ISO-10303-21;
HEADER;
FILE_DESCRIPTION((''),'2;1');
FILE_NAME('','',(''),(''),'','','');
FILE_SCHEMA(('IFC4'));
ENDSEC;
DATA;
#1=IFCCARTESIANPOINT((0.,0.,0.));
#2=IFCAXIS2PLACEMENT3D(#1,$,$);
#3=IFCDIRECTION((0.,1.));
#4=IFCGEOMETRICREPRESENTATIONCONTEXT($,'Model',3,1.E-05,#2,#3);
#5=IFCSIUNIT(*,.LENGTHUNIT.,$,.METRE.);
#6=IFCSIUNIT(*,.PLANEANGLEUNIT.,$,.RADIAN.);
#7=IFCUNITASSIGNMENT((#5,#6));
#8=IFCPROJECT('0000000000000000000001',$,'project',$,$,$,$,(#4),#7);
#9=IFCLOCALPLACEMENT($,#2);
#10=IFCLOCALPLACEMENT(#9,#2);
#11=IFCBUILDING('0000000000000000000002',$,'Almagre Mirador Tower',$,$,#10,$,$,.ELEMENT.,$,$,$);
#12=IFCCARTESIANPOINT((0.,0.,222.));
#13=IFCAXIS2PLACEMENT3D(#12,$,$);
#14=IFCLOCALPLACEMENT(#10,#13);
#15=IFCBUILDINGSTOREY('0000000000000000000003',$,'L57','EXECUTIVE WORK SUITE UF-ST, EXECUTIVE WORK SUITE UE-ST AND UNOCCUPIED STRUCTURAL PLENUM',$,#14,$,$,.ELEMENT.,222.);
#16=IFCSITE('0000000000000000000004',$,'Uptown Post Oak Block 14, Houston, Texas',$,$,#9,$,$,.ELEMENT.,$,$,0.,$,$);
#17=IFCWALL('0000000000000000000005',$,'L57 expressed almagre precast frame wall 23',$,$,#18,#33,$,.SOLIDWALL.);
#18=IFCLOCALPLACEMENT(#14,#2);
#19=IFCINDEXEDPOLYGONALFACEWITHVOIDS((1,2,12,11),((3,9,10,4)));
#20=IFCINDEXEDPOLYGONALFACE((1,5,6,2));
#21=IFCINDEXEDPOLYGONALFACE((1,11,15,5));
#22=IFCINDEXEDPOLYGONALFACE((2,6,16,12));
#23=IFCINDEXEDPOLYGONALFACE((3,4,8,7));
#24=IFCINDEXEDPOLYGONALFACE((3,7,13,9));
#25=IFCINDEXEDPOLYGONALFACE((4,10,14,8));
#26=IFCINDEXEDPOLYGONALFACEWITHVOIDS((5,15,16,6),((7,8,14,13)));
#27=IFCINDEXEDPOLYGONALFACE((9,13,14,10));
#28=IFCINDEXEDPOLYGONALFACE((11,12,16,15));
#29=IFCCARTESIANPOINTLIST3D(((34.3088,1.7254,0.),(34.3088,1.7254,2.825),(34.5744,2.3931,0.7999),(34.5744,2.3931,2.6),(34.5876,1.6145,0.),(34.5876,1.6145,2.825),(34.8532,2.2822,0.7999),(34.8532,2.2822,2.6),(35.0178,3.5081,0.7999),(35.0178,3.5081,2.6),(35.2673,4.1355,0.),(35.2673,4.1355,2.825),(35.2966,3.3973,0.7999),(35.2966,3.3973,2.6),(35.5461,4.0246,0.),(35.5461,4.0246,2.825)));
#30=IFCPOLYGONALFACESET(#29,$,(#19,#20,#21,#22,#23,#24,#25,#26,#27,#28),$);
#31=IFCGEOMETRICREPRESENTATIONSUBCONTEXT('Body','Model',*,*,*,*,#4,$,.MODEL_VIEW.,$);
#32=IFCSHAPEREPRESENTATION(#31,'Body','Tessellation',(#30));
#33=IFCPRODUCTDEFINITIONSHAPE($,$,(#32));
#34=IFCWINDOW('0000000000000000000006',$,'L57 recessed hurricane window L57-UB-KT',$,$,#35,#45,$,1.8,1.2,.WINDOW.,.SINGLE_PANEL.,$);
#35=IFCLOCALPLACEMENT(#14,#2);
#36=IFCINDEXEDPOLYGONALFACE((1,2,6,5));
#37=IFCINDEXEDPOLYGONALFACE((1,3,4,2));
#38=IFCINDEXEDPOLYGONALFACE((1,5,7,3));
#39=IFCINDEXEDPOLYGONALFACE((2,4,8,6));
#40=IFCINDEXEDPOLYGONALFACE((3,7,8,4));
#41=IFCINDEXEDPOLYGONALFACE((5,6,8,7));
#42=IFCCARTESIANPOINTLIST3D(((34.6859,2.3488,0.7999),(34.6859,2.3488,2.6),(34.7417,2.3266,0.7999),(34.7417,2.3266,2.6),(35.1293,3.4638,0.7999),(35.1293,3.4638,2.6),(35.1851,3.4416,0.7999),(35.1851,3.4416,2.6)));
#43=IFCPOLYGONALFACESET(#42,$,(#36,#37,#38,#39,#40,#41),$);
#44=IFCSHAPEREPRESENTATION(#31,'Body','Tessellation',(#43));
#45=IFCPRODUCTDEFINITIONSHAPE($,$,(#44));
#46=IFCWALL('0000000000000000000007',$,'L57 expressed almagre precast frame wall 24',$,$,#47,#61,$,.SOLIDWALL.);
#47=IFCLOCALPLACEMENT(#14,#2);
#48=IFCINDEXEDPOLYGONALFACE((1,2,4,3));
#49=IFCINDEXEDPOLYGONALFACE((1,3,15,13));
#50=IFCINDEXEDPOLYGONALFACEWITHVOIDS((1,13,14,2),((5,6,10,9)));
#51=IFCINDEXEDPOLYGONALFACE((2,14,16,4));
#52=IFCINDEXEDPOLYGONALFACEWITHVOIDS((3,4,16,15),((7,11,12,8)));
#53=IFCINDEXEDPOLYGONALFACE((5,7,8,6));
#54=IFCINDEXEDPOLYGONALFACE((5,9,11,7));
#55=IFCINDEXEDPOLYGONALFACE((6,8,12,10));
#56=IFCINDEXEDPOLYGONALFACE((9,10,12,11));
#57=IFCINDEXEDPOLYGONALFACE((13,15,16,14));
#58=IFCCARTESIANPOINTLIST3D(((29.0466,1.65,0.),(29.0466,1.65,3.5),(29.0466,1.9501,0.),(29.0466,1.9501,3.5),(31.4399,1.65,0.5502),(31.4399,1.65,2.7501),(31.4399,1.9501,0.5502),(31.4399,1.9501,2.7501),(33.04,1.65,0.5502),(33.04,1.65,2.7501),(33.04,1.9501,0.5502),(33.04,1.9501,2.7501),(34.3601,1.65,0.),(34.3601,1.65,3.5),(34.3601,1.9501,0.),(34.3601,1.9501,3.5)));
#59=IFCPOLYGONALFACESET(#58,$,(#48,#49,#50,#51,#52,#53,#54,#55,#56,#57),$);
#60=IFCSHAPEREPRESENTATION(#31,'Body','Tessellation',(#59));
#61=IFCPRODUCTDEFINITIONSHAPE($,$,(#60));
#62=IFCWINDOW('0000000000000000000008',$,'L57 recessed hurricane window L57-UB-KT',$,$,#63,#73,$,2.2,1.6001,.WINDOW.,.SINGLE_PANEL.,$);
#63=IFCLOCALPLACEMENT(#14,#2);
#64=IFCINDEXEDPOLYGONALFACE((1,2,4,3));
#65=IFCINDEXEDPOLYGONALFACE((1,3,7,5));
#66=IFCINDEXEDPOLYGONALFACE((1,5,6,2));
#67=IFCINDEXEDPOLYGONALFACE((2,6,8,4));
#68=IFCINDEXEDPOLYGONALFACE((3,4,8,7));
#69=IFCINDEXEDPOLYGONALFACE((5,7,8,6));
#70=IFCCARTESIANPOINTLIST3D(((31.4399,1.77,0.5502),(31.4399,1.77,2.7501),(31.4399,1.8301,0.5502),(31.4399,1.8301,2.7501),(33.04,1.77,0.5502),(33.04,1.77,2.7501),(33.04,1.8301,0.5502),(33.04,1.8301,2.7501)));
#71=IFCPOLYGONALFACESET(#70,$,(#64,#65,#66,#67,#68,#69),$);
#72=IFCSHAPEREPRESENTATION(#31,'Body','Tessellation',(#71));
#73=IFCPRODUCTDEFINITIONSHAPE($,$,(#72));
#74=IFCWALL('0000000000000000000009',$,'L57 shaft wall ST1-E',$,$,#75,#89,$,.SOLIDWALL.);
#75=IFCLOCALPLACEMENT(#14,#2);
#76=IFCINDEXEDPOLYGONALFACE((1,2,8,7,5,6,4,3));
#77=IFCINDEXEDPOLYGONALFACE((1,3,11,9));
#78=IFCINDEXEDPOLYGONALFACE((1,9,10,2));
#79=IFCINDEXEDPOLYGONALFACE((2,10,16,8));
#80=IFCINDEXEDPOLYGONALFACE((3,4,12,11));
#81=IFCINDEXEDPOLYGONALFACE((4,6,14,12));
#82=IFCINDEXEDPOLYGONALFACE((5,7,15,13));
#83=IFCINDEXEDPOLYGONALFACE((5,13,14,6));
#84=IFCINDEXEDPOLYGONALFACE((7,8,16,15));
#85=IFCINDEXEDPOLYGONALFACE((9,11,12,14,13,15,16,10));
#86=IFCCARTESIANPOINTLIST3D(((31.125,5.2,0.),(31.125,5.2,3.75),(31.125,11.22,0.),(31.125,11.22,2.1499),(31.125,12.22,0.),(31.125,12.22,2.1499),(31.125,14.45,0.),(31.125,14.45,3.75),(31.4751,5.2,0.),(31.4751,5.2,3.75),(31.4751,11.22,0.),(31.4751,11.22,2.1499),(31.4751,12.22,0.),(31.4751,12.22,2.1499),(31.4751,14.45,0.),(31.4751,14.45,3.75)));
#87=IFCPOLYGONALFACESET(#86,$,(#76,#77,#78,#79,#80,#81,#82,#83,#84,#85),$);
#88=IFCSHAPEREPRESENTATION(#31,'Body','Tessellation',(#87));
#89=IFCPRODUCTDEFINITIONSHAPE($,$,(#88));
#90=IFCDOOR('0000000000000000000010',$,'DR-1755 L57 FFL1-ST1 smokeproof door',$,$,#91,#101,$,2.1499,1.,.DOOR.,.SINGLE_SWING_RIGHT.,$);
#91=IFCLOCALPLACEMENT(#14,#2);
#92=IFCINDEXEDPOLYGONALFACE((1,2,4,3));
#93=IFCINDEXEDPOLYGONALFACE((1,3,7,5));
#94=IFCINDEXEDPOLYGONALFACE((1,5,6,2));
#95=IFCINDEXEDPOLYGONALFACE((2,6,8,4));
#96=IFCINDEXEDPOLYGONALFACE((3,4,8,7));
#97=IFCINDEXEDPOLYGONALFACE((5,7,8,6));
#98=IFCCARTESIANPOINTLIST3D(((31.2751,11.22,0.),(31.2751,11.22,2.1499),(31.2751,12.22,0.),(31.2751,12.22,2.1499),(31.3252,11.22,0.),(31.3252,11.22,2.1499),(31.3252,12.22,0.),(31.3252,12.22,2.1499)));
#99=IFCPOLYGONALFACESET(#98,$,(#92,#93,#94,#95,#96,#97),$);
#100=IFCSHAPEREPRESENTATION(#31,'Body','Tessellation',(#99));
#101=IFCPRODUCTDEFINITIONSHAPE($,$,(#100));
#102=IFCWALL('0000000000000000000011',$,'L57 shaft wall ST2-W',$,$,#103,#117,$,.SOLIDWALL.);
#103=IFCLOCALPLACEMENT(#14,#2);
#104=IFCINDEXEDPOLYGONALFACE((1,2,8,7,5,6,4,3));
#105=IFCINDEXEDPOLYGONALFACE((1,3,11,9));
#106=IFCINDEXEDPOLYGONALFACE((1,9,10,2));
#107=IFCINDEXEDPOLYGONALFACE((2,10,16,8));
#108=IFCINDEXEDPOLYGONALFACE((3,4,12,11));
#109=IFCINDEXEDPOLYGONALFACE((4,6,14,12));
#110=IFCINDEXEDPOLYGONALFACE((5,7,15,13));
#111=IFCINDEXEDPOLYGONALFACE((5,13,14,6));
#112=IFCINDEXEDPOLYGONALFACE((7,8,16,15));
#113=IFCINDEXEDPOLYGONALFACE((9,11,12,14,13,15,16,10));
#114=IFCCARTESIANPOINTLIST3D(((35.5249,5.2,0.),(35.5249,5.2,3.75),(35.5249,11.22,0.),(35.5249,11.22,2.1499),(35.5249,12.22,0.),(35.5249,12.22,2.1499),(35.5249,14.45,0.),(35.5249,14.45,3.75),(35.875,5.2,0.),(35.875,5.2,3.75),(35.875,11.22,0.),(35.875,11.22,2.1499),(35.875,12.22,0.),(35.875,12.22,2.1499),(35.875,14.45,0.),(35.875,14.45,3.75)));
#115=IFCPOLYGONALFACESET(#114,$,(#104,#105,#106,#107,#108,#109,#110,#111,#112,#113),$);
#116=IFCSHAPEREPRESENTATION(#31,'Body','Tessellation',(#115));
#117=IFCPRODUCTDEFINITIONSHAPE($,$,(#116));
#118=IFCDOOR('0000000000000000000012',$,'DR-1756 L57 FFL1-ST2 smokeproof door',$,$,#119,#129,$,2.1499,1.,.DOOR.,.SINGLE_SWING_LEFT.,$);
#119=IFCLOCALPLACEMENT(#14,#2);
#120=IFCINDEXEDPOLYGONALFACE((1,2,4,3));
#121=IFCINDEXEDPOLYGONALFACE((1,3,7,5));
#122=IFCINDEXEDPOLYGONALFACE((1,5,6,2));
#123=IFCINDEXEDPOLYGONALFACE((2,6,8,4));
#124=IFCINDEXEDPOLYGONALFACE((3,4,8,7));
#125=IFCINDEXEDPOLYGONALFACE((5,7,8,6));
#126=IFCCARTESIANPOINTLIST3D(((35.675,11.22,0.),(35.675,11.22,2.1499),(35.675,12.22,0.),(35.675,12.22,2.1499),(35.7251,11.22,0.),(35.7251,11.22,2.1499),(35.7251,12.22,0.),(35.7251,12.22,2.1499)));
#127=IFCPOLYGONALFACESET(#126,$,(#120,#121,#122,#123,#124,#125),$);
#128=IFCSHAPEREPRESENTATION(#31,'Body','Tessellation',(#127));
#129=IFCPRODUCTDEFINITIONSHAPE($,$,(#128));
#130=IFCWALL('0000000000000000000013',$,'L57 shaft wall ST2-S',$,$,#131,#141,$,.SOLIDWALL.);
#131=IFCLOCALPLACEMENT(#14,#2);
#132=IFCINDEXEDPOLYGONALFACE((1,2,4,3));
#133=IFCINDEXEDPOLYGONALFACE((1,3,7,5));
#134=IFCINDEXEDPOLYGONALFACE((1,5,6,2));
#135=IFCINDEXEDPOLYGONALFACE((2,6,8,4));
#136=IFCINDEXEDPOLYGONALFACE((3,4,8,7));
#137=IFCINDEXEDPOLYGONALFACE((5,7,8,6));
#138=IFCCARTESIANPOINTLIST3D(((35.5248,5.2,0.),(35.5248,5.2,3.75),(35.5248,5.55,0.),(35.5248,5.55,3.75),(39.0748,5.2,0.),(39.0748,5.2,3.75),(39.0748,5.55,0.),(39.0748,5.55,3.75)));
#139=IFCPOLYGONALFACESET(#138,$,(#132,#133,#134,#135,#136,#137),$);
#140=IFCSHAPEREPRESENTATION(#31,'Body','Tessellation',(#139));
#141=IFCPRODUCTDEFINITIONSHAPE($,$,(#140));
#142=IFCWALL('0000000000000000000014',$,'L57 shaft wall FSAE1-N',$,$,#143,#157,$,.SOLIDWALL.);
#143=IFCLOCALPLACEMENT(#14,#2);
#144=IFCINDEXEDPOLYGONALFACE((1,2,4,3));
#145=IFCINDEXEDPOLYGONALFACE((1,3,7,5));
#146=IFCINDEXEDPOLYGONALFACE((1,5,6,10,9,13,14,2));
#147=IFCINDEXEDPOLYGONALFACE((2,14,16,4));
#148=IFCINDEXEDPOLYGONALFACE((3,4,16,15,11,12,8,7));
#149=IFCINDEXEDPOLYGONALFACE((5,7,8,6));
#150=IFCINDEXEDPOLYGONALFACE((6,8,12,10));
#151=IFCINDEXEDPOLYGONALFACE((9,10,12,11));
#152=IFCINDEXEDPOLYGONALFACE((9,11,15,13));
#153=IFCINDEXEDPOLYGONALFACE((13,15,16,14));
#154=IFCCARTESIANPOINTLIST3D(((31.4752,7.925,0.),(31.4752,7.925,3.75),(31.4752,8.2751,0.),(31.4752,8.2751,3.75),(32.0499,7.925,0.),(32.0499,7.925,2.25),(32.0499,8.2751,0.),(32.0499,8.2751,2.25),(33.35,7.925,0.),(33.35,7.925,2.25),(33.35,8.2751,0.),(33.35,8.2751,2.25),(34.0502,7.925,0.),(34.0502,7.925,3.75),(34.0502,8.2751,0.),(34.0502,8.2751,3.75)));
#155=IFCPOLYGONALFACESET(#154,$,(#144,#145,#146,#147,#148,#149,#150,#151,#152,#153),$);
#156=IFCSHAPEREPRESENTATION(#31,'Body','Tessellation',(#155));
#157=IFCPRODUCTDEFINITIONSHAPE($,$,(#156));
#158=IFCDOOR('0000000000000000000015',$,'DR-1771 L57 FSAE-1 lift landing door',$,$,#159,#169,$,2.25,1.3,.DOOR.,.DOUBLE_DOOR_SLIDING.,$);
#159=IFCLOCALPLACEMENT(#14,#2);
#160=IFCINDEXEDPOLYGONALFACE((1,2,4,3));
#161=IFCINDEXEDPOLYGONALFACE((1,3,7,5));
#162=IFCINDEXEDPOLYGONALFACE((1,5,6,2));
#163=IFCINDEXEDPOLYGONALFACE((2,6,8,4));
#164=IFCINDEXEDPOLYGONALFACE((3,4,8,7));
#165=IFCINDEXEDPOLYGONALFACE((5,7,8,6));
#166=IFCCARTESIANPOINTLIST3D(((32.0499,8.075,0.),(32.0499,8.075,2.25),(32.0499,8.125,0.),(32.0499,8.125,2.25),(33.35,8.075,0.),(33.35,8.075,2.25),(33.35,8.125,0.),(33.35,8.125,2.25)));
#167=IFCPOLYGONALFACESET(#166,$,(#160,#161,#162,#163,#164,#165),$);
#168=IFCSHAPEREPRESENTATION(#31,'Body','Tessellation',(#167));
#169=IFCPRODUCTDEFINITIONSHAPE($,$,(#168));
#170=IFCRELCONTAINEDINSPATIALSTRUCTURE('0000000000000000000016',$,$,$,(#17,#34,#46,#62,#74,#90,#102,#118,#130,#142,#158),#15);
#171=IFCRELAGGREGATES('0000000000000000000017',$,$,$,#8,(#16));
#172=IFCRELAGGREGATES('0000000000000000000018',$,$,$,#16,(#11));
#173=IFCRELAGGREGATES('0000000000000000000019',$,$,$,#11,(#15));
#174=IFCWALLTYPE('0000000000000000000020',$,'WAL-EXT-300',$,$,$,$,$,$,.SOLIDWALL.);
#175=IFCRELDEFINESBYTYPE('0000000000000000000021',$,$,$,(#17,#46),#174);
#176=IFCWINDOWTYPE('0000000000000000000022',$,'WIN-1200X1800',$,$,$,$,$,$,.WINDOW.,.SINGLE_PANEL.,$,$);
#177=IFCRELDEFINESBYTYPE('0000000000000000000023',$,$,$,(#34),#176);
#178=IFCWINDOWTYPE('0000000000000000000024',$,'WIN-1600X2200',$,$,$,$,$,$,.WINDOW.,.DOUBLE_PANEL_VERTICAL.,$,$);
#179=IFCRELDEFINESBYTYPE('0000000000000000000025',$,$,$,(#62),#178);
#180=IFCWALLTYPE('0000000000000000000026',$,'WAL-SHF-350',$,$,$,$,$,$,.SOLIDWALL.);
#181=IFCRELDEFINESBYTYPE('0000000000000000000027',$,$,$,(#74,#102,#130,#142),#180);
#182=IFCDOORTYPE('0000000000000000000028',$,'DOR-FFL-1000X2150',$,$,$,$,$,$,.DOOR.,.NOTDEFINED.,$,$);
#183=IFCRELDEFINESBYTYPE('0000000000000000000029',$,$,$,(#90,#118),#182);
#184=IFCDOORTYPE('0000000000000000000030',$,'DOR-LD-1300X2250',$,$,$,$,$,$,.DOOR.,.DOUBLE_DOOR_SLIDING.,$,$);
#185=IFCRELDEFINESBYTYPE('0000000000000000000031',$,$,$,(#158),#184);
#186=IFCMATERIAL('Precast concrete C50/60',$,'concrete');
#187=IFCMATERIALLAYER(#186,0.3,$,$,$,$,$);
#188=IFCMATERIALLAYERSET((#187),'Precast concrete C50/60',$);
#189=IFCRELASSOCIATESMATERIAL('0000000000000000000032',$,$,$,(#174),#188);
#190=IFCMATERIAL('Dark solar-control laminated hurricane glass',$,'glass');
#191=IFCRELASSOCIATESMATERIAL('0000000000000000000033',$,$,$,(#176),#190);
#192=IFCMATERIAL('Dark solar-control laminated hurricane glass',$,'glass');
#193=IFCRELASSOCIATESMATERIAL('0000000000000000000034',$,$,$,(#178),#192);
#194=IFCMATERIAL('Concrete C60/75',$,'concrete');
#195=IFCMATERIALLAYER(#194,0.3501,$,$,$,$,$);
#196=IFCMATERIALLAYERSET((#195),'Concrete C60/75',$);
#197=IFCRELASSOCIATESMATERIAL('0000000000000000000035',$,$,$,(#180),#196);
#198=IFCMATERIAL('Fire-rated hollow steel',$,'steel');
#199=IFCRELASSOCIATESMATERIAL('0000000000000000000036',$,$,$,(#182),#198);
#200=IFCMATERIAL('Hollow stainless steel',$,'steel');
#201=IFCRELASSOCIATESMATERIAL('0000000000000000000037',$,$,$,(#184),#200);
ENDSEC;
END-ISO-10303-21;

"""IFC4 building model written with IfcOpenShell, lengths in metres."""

from ifc_helpers import new_model, si_unit, direction, frame, frame_2d, origin, place, context, subcontext, project, spatial, rectangle, extrude, material, layer, layer_set, type_object, element, fill, save


model = new_model("IFC4")

# Units and contexts
model_context = context("Model", 3, precision=1e-05, world=origin(), true_north=direction((0.0, 1.0)))
body_context = subcontext(model_context, "Body", "Model", "MODEL_VIEW")
ifc_project = project(units=[si_unit("LENGTHUNIT", "METRE"), si_unit("PLANEANGLEUNIT", "RADIAN")], contexts=[model_context])

# Site, building, storey
site_placement = place(None, origin())
site = spatial("IfcSite", under=ifc_project, at=site_placement, Name="Uptown Post Oak Block 14, Houston, Texas", CompositionType="ELEMENT", RefElevation=0.0)
building_placement = place(site_placement, origin())
building = spatial("IfcBuilding", under=site, at=building_placement, Name="Almagre Mirador Tower", CompositionType="ELEMENT")
storey_placement = place(building_placement, frame((0.0, 0.0, 222.0)))
storey = spatial("IfcBuildingStorey", under=building, at=storey_placement, Name="L57", Description="EXECUTIVE WORK SUITE UF-ST, EXECUTIVE WORK SUITE UE-ST AND UNOCCUPIED STRUCTURAL PLENUM", CompositionType="ELEMENT", Elevation=222.0)

# Walls, openings, windows
ifc_material_1 = material(Name="Precast concrete C50/60", Category="concrete")
ifc_layer_1 = layer(ifc_material_1, 0.3)
ifc_layer_set_1 = layer_set([ifc_layer_1], Name="Precast concrete C50/60")
wall_type_1 = type_object("IfcWallType", Name="WAL-EXT-300", PredefinedType="SOLIDWALL", material=ifc_layer_set_1)
wall_1_placement = place(storey_placement, frame((35.4067, 4.0801, 0.0), z_axis=(0.0, 0.0, 1.0), x_axis=(-0.36954, -0.929215, 0.0)))
wall_1 = element("IfcWall", 1, at=wall_1_placement, inside=storey, type_object=wall_type_1, Name="L57 expressed almagre precast frame wall 23", PredefinedType="SOLIDWALL", context=body_context, shape_type="SweptSolid", body=[
    extrude(rectangle(XDim=2.5938, YDim=0.3, at=frame_2d((1.2969, 0.0))), origin(), (0.0, 0.0, 1.0), 2.825),
])
opening_1_placement = place(wall_1_placement, frame((0.675, 0.0, 0.8)))
opening_1 = element("IfcOpeningElement", 2, at=opening_1_placement, cuts=wall_1, PredefinedType="OPENING", context=body_context, shape_type="SweptSolid", body=[
    extrude(rectangle(XDim=1.2, YDim=1.8, at=frame_2d((0.6001, 0.8999))), frame((0.0, 0.1599, 0.0), z_axis=(0.0, -1.0, 0.0), x_axis=(1.0, 0.0, 0.0)), (0.0, 0.0, 1.0), 0.32),
])
ifc_material_2 = material(Name="Dark solar-control laminated hurricane glass", Category="glass")
window_type_1 = type_object("IfcWindowType", Name="WIN-1200X1800", PartitioningType="SINGLE_PANEL", PredefinedType="WINDOW", material=ifc_material_2)
window_1_placement = place(opening_1_placement, origin())
window_1 = element("IfcWindow", 3, at=window_1_placement, inside=storey, type_object=window_type_1, Name="L57 recessed hurricane window L57-UB-KT", OverallHeight=1.8, OverallWidth=1.2, PartitioningType="SINGLE_PANEL", PredefinedType="WINDOW", context=body_context, shape_type="SweptSolid", body=[
    extrude(rectangle(XDim=1.2, YDim=1.8, at=frame_2d((0.6001, 0.8999))), frame((0.0, 0.03, 0.0), z_axis=(0.0, -1.0, 0.0), x_axis=(1.0, 0.0, 0.0)), (0.0, 0.0, 1.0), 0.0601),
])
fill(opening_1, window_1)
wall_2_placement = place(storey_placement, frame((34.3601, 1.8, 0.0), z_axis=(0.0, 0.0, 1.0), x_axis=(-1.0, 0.0, 0.0)))
wall_2 = element("IfcWall", 4, at=wall_2_placement, inside=storey, type_object=wall_type_1, Name="L57 expressed almagre precast frame wall 24", PredefinedType="SOLIDWALL", context=body_context, shape_type="SweptSolid", body=[
    extrude(rectangle(XDim=5.3135, YDim=0.3, at=frame_2d((2.6567, 0.0))), origin(), (0.0, 0.0, 1.0), 3.5),
])
opening_2_placement = place(wall_2_placement, frame((1.3201, 0.0, 0.55)))
opening_2 = element("IfcOpeningElement", 5, at=opening_2_placement, cuts=wall_2, PredefinedType="OPENING", context=body_context, shape_type="SweptSolid", body=[
    extrude(rectangle(XDim=1.6001, YDim=2.2, at=frame_2d((0.8, 1.1001))), frame((0.0, 0.1599, 0.0), z_axis=(0.0, -1.0, 0.0), x_axis=(1.0, 0.0, 0.0)), (0.0, 0.0, 1.0), 0.32),
])
ifc_material_3 = material(Name="Dark solar-control laminated hurricane glass", Category="glass")
window_type_2 = type_object("IfcWindowType", Name="WIN-1600X2200", PartitioningType="DOUBLE_PANEL_VERTICAL", PredefinedType="WINDOW", material=ifc_material_3)
window_2_placement = place(opening_2_placement, origin())
window_2 = element("IfcWindow", 6, at=window_2_placement, inside=storey, type_object=window_type_2, Name="L57 recessed hurricane window L57-UB-KT", OverallHeight=2.2, OverallWidth=1.6001, PartitioningType="SINGLE_PANEL", PredefinedType="WINDOW", context=body_context, shape_type="SweptSolid", body=[
    extrude(rectangle(XDim=1.6001, YDim=2.2, at=frame_2d((0.8, 1.1001))), frame((0.0, 0.03, 0.0), z_axis=(0.0, -1.0, 0.0), x_axis=(1.0, 0.0, 0.0)), (0.0, 0.0, 1.0), 0.0601),
])
fill(opening_2, window_2)

# Walls, openings, doors
ifc_material_4 = material(Name="Concrete C60/75", Category="concrete")
ifc_layer_2 = layer(ifc_material_4, 0.3501)
ifc_layer_set_2 = layer_set([ifc_layer_2], Name="Concrete C60/75")
wall_type_2 = type_object("IfcWallType", Name="WAL-SHF-350", PredefinedType="SOLIDWALL", material=ifc_layer_set_2)
wall_3_placement = place(storey_placement, frame((31.3, 5.2, 0.0), z_axis=(0.0, 0.0, 1.0), x_axis=(0.0, 1.0, 0.0)))
wall_3 = element("IfcWall", 7, at=wall_3_placement, inside=storey, type_object=wall_type_2, Name="L57 shaft wall ST1-E", PredefinedType="SOLIDWALL", context=body_context, shape_type="SweptSolid", body=[
    extrude(rectangle(XDim=9.25, YDim=0.3501, at=frame_2d((4.625, 0.0))), origin(), (0.0, 0.0, 1.0), 3.75),
])
opening_3_placement = place(wall_3_placement, frame((6.02, 0.0, 0.0)))
opening_3 = element("IfcOpeningElement", 8, at=opening_3_placement, cuts=wall_3, PredefinedType="OPENING", context=body_context, shape_type="SweptSolid", body=[
    extrude(rectangle(XDim=1.0, YDim=2.1499, at=frame_2d((0.5, 1.075))), frame((0.0, 0.185, 0.0), z_axis=(0.0, -1.0, 0.0), x_axis=(1.0, 0.0, 0.0)), (0.0, 0.0, 1.0), 0.3701),
])
ifc_material_5 = material(Name="Fire-rated hollow steel", Category="steel")
door_type_1 = type_object("IfcDoorType", Name="DOR-FFL-1000X2150", OperationType="NOTDEFINED", PredefinedType="DOOR", material=ifc_material_5)
door_1_placement = place(opening_3_placement, origin())
door_1 = element("IfcDoor", 9, at=door_1_placement, inside=storey, type_object=door_type_1, Name="DR-1755 L57 FFL1-ST1 smokeproof door", OperationType="SINGLE_SWING_RIGHT", OverallHeight=2.1499, OverallWidth=1.0, PredefinedType="DOOR", context=body_context, shape_type="SweptSolid", body=[
    extrude(rectangle(XDim=1.0, YDim=2.1499, at=frame_2d((0.5, 1.075))), frame((0.0, 0.0249, 0.0), z_axis=(0.0, -1.0, 0.0), x_axis=(1.0, 0.0, 0.0)), (0.0, 0.0, 1.0), 0.05),
])
fill(opening_3, door_1)
wall_4_placement = place(storey_placement, frame((35.7, 5.2, 0.0), z_axis=(0.0, 0.0, 1.0), x_axis=(0.0, 1.0, 0.0)))
wall_4 = element("IfcWall", 10, at=wall_4_placement, inside=storey, type_object=wall_type_2, Name="L57 shaft wall ST2-W", PredefinedType="SOLIDWALL", context=body_context, shape_type="SweptSolid", body=[
    extrude(rectangle(XDim=9.25, YDim=0.3501, at=frame_2d((4.625, 0.0))), origin(), (0.0, 0.0, 1.0), 3.75),
])
opening_4_placement = place(wall_4_placement, frame((6.02, 0.0, 0.0)))
opening_4 = element("IfcOpeningElement", 11, at=opening_4_placement, cuts=wall_4, PredefinedType="OPENING", context=body_context, shape_type="SweptSolid", body=[
    extrude(rectangle(XDim=1.0, YDim=2.1499, at=frame_2d((0.5, 1.075))), frame((0.0, 0.185, 0.0), z_axis=(0.0, -1.0, 0.0), x_axis=(1.0, 0.0, 0.0)), (0.0, 0.0, 1.0), 0.3701),
])
door_2_placement = place(opening_4_placement, origin())
door_2 = element("IfcDoor", 12, at=door_2_placement, inside=storey, type_object=door_type_1, Name="DR-1756 L57 FFL1-ST2 smokeproof door", OperationType="SINGLE_SWING_LEFT", OverallHeight=2.1499, OverallWidth=1.0, PredefinedType="DOOR", context=body_context, shape_type="SweptSolid", body=[
    extrude(rectangle(XDim=1.0, YDim=2.1499, at=frame_2d((0.5, 1.075))), frame((0.0, 0.0249, 0.0), z_axis=(0.0, -1.0, 0.0), x_axis=(1.0, 0.0, 0.0)), (0.0, 0.0, 1.0), 0.05),
])
fill(opening_4, door_2)

# Wall
wall_5_placement = place(storey_placement, frame((35.5249, 5.375, 0.0), z_axis=(0.0, 0.0, 1.0), x_axis=(1.0, 0.0, 0.0)))
element("IfcWall", 13, at=wall_5_placement, inside=storey, type_object=wall_type_2, Name="L57 shaft wall ST2-S", PredefinedType="SOLIDWALL", context=body_context, shape_type="SweptSolid", body=[
    extrude(rectangle(XDim=3.55, YDim=0.3501, at=frame_2d((1.7749, 0.0))), origin(), (0.0, 0.0, 1.0), 3.75),
])

# Wall, opening, door
wall_6_placement = place(storey_placement, frame((31.4751, 8.1001, 0.0), z_axis=(0.0, 0.0, 1.0), x_axis=(1.0, 0.0, 0.0)))
wall_6 = element("IfcWall", 14, at=wall_6_placement, inside=storey, type_object=wall_type_2, Name="L57 shaft wall FSAE1-N", PredefinedType="SOLIDWALL", context=body_context, shape_type="SweptSolid", body=[
    extrude(rectangle(XDim=2.575, YDim=0.3501, at=frame_2d((1.2876, 0.0))), origin(), (0.0, 0.0, 1.0), 3.75),
])
opening_5_placement = place(wall_6_placement, frame((0.575, 0.0, 0.0)))
opening_5 = element("IfcOpeningElement", 15, at=opening_5_placement, cuts=wall_6, PredefinedType="OPENING", context=body_context, shape_type="SweptSolid", body=[
    extrude(rectangle(XDim=1.3, YDim=2.25, at=frame_2d((0.6499, 1.125))), frame((0.0, 0.185, 0.0), z_axis=(0.0, -1.0, 0.0), x_axis=(1.0, 0.0, 0.0)), (0.0, 0.0, 1.0), 0.3701),
])
ifc_material_6 = material(Name="Hollow stainless steel", Category="steel")
door_type_2 = type_object("IfcDoorType", Name="DOR-LD-1300X2250", OperationType="DOUBLE_DOOR_SLIDING", PredefinedType="DOOR", material=ifc_material_6)
door_3_placement = place(opening_5_placement, origin())
door_3 = element("IfcDoor", 16, at=door_3_placement, inside=storey, type_object=door_type_2, Name="DR-1771 L57 FSAE-1 lift landing door", OperationType="DOUBLE_DOOR_SLIDING", OverallHeight=2.25, OverallWidth=1.3, PredefinedType="DOOR", context=body_context, shape_type="SweptSolid", body=[
    extrude(rectangle(XDim=1.3, YDim=2.25, at=frame_2d((0.6499, 1.125))), frame((0.0, 0.0249, 0.0), z_axis=(0.0, -1.0, 0.0), x_axis=(1.0, 0.0, 0.0)), (0.0, 0.0, 1.0), 0.05),
])
fill(opening_5, door_3)

save(model, "model.ifc")
